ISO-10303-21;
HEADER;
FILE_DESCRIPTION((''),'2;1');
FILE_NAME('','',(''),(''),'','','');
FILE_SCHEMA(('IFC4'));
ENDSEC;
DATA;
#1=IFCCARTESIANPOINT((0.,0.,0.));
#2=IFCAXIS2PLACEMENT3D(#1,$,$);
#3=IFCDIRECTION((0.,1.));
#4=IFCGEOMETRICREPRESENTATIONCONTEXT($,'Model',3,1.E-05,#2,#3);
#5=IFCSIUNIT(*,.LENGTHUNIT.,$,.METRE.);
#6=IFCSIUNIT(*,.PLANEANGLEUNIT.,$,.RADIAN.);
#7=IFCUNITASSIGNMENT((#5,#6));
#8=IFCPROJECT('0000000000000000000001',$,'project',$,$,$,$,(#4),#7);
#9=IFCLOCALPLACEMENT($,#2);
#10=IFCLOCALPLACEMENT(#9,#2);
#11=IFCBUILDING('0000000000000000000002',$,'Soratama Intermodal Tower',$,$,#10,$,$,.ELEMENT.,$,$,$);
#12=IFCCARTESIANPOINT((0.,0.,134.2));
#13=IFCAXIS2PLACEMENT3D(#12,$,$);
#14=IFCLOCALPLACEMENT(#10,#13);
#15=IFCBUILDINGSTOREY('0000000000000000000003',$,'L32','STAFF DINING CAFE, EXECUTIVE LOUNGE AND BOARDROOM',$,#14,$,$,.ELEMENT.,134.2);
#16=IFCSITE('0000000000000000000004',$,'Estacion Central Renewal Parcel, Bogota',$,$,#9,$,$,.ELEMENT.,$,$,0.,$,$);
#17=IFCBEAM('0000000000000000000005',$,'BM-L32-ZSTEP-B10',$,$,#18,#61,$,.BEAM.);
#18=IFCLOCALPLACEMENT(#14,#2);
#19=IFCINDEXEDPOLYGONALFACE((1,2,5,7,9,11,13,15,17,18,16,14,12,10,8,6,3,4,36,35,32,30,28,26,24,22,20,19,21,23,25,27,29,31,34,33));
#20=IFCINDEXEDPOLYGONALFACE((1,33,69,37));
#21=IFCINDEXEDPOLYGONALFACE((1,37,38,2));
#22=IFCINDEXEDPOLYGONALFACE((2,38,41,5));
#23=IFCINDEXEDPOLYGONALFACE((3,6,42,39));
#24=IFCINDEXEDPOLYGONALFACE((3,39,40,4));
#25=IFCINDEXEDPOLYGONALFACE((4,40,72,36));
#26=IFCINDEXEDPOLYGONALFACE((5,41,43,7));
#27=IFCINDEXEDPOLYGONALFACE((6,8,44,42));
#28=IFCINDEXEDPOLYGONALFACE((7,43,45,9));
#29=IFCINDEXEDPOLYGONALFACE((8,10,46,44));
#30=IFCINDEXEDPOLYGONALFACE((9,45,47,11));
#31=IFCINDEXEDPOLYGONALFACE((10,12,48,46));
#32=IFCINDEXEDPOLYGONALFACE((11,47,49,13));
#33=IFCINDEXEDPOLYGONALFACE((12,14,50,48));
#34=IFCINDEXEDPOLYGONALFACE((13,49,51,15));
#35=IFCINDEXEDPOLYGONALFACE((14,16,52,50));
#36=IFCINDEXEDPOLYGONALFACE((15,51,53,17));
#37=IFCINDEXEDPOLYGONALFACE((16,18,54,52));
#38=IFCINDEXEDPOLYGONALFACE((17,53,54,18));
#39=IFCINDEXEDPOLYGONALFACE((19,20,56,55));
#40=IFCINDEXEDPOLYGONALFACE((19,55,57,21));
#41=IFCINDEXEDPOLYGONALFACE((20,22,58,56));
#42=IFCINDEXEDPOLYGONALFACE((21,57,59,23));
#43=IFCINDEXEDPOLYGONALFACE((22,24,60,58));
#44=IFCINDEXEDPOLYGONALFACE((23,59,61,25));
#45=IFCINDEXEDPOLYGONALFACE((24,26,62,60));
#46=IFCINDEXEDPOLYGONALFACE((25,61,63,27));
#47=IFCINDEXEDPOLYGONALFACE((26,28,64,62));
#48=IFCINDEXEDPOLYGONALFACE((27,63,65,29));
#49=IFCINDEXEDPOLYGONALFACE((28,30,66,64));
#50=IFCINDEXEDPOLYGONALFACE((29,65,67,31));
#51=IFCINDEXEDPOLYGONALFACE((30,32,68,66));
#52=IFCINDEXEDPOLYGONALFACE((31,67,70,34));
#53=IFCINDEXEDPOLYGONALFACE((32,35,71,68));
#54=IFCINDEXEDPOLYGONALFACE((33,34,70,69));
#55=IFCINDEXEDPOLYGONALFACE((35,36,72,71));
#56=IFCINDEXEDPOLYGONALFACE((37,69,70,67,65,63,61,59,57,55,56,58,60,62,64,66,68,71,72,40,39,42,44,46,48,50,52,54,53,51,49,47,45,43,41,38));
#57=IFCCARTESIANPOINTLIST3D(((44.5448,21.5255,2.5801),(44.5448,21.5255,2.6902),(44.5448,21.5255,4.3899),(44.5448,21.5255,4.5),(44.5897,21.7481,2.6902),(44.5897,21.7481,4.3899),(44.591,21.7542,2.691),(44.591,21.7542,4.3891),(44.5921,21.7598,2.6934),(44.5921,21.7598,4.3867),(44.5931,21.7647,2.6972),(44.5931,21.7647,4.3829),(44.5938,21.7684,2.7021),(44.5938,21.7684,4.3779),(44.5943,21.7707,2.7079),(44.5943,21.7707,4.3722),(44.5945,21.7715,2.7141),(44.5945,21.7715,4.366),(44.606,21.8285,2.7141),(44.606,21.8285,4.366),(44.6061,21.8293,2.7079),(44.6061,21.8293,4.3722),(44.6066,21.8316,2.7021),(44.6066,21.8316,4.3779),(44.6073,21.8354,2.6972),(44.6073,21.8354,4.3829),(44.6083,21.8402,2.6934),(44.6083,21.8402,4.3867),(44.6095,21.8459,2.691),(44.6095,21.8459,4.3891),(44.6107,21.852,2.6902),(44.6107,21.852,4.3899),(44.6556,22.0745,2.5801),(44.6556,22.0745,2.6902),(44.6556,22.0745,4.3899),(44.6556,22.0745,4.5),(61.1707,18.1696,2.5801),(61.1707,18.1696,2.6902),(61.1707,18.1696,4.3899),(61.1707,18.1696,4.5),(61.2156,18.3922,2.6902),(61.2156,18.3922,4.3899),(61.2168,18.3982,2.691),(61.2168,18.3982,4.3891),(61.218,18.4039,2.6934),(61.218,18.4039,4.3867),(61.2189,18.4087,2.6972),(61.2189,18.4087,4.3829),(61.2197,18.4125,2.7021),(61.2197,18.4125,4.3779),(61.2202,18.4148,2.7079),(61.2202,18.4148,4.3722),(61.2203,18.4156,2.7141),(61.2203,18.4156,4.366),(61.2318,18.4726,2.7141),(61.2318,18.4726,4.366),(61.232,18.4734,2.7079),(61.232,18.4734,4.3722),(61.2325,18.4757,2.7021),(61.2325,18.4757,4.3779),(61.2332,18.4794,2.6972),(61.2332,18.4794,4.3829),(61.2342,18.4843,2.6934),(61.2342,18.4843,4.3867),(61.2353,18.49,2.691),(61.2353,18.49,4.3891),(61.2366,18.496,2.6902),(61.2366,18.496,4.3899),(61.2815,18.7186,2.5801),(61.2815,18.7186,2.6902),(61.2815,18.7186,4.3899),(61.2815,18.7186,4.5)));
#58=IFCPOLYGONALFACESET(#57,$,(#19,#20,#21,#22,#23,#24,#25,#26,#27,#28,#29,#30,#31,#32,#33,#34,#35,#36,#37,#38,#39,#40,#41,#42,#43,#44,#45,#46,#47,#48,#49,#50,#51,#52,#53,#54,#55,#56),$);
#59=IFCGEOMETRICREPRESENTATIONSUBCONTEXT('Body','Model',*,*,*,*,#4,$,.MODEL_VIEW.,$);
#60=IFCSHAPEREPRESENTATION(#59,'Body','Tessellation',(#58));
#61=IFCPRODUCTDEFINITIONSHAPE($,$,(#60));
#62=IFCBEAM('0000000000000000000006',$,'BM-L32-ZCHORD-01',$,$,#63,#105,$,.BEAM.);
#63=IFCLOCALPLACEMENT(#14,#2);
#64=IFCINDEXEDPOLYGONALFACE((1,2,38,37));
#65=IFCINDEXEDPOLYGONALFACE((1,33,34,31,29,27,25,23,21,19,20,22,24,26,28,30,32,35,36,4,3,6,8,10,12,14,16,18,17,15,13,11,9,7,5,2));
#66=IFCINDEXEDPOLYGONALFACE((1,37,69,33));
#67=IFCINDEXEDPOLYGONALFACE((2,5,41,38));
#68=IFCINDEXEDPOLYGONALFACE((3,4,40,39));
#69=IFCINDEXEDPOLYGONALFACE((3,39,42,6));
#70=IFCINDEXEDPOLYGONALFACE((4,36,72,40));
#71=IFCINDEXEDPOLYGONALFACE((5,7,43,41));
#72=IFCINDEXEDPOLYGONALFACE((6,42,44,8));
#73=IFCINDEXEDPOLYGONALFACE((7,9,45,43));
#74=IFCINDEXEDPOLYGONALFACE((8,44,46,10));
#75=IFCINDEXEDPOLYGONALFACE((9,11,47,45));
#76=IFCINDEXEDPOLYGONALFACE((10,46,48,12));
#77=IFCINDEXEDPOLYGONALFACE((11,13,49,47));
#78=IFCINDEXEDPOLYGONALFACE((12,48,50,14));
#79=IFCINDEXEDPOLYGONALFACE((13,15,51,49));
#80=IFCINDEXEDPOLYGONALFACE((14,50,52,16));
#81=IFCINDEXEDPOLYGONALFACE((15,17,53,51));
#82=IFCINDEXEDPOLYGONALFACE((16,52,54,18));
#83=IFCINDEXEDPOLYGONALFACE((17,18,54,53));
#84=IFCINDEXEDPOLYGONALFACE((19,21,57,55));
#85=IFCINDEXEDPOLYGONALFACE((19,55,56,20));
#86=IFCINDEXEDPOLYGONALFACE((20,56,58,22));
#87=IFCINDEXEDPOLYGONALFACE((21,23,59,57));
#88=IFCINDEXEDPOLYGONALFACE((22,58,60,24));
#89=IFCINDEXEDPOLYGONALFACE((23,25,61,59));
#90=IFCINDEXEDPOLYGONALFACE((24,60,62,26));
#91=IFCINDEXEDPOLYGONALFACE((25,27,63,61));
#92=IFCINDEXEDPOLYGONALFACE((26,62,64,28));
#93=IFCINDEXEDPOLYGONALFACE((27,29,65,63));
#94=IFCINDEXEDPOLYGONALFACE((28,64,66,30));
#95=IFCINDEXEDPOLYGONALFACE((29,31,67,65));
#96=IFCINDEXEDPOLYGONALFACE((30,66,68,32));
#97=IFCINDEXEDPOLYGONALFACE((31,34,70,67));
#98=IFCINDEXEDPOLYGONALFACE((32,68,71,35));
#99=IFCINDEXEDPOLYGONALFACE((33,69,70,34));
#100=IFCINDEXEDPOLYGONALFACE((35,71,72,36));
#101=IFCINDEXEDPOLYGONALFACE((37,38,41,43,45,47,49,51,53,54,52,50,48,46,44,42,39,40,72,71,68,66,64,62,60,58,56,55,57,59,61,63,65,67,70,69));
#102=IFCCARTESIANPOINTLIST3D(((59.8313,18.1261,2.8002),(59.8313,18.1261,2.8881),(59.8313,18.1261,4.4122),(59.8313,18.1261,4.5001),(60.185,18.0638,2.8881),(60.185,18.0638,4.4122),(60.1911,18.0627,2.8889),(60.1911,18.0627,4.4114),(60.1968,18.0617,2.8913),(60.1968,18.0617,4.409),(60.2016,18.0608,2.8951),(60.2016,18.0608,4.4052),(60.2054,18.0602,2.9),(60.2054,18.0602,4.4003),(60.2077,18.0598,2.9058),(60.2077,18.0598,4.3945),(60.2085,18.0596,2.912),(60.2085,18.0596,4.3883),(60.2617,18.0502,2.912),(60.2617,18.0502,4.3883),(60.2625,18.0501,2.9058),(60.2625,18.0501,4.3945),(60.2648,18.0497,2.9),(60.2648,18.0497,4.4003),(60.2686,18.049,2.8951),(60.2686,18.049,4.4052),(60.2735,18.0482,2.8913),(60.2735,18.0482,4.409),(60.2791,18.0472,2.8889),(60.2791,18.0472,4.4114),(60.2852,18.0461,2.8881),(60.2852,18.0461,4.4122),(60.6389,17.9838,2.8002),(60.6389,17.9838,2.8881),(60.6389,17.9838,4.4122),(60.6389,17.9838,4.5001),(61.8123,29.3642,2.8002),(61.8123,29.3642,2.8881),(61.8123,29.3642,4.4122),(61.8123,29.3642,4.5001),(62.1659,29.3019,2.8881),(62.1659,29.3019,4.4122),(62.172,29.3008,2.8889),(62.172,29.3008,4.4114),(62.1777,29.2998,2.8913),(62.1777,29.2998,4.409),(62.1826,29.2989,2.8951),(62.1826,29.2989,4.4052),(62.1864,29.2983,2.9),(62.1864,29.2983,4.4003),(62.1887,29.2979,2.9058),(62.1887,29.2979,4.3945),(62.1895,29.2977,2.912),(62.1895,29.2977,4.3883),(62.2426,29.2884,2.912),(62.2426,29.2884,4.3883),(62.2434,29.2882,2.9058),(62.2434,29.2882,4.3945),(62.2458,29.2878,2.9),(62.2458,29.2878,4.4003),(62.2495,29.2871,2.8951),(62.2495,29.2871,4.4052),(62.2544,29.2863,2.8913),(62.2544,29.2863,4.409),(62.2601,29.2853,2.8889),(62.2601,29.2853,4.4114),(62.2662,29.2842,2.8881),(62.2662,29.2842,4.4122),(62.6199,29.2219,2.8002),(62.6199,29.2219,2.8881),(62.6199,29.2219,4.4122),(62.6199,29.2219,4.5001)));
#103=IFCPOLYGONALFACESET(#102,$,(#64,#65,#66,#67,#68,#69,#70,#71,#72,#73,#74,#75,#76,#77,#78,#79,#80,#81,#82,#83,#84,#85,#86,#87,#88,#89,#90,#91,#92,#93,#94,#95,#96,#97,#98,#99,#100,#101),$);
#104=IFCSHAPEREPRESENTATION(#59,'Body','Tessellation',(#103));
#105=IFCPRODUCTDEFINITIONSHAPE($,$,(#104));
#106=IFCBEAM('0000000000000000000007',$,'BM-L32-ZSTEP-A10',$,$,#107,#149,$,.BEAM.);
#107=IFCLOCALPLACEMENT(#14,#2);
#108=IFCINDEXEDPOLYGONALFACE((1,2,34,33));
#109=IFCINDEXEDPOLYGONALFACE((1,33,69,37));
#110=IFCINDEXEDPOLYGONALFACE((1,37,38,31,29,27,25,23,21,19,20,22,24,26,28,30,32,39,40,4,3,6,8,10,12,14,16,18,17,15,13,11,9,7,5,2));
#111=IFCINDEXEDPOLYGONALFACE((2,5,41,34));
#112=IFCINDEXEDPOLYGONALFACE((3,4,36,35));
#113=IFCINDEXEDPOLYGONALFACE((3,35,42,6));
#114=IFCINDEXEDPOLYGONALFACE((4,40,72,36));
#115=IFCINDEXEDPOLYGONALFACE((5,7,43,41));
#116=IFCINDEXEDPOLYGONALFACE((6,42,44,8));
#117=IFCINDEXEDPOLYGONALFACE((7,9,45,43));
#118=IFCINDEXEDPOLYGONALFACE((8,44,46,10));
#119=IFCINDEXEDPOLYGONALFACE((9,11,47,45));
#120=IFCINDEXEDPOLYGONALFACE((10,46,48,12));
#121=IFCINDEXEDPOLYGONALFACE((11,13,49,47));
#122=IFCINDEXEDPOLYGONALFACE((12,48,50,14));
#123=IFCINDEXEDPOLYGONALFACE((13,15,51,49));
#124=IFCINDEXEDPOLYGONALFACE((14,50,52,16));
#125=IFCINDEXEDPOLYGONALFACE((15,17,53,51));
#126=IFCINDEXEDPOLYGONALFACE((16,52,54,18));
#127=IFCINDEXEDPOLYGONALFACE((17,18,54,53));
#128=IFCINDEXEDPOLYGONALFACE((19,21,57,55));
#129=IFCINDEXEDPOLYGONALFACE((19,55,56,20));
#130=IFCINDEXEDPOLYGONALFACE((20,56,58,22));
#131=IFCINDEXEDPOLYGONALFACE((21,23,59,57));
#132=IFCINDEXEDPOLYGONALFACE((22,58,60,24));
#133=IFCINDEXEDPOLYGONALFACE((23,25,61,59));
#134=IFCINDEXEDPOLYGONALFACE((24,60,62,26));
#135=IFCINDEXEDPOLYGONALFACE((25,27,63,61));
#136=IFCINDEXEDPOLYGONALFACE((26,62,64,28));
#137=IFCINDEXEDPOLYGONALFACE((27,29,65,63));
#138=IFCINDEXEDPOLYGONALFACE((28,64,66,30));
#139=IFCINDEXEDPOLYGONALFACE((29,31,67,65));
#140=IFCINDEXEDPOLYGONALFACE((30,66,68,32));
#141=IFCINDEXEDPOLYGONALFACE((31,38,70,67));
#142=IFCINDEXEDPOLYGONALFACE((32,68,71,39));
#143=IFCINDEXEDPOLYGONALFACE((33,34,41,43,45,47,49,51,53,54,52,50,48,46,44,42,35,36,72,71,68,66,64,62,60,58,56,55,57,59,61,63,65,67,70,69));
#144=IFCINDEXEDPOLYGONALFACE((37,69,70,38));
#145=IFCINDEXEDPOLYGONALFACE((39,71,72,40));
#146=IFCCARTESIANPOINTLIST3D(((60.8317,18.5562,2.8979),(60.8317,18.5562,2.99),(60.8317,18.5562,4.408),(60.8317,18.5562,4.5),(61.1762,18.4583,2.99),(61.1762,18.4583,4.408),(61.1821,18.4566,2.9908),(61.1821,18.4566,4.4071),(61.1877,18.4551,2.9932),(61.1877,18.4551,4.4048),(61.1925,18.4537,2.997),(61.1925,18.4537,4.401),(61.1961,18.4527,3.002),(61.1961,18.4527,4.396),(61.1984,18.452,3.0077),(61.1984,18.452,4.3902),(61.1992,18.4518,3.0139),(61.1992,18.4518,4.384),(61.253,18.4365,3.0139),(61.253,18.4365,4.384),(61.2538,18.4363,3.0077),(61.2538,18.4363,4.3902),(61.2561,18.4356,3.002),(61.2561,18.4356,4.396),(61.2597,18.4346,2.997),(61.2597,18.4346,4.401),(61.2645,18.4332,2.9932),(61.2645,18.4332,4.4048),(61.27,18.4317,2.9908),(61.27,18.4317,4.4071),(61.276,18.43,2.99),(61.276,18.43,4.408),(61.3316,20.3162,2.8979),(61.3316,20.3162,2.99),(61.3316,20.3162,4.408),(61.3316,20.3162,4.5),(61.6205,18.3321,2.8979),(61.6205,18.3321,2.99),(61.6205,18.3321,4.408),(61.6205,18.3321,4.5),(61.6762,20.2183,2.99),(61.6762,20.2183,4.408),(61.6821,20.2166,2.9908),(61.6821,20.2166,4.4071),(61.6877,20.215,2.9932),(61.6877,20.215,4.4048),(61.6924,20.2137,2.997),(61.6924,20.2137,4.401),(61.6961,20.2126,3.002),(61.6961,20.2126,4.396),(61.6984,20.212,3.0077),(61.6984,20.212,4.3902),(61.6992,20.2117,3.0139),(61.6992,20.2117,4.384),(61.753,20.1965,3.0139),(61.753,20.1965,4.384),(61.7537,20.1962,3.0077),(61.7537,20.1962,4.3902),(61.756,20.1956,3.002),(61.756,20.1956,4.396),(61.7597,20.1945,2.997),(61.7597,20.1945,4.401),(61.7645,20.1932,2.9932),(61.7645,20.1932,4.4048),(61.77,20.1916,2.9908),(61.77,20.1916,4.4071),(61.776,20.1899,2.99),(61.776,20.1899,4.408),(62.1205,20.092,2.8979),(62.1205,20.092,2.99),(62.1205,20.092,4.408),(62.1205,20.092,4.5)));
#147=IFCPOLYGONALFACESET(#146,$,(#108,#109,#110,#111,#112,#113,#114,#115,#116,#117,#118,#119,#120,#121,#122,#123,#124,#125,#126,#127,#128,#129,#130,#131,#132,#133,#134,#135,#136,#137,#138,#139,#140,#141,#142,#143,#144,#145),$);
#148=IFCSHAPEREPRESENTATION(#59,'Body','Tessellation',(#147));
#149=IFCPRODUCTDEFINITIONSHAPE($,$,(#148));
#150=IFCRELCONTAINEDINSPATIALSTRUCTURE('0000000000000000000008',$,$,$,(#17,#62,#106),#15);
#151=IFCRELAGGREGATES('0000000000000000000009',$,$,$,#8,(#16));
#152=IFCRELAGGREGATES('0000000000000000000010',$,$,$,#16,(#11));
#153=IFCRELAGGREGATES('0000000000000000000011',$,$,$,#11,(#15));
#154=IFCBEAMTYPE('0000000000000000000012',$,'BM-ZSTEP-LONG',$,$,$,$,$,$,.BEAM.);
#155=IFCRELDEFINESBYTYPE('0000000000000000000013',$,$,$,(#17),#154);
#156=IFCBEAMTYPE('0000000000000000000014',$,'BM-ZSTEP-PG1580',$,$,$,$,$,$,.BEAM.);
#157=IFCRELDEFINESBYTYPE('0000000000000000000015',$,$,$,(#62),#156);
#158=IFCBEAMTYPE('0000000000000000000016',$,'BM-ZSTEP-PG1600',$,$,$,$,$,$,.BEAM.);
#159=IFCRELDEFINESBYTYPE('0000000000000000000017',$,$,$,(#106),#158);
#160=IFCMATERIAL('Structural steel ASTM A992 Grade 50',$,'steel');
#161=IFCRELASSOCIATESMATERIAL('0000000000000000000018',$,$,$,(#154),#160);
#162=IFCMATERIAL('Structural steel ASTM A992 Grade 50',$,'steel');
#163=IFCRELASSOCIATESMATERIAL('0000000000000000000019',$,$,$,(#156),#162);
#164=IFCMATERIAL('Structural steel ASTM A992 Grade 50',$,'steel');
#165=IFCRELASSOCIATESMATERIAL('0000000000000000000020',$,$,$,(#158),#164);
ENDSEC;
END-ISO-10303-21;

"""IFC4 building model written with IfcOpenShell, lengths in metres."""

from ifc_helpers import new_model, si_unit, direction, frame, origin, origin_2d, place, context, subcontext, project, spatial, i_section, extrude, material, material_profile, profile_set, type_object, element, save


model = new_model("IFC4")

# Units and contexts
model_context = context("Model", 3, precision=1e-05, world=origin(), true_north=direction((0.0, 1.0)))
body_context = subcontext(model_context, "Body", "Model", "MODEL_VIEW")
ifc_project = project(units=[si_unit("LENGTHUNIT", "METRE"), si_unit("PLANEANGLEUNIT", "RADIAN")], contexts=[model_context])

# Site, building, storey
site_placement = place(None, origin())
site = spatial("IfcSite", under=ifc_project, at=site_placement, Name="Estacion Central Renewal Parcel, Bogota", CompositionType="ELEMENT", RefElevation=0.0)
building_placement = place(site_placement, origin())
building = spatial("IfcBuilding", under=site, at=building_placement, Name="Soratama Intermodal Tower", CompositionType="ELEMENT")
storey_placement = place(building_placement, frame((0.0, 0.0, 134.2)))
storey = spatial("IfcBuildingStorey", under=building, at=storey_placement, Name="L32", Description="STAFF DINING CAFE, EXECUTIVE LOUNGE AND BOARDROOM", CompositionType="ELEMENT", Elevation=134.2)

# Beams
ifc_material_1 = material(Name="Structural steel ASTM A992 Grade 50", Category="steel")
ifc_material_profile_1 = material_profile(ifc_material_1, i_section(OverallWidth=0.5601, OverallDepth=1.9199, WebThickness=0.0581, FlangeThickness=0.1101, FilletRadius=0.0239, at=origin_2d()), Name="PG2150X720")
ifc_profile_set_1 = profile_set([ifc_material_profile_1], Name="Structural steel ASTM A992 Grade 50")
beam_type_1 = type_object("IfcBeamType", Name="BM-ZSTEP-LONG", PredefinedType="BEAM", material=ifc_profile_set_1)
beam_1_placement = place(storey_placement, frame((61.2261, 18.4441, 3.54), z_axis=(-0.98023, 0.19786, 0.0), x_axis=(-0.19786, -0.98023, 0.0)))
element("IfcBeam", 1, at=beam_1_placement, inside=storey, type_object=beam_type_1, Name="BM-L32-ZSTEP-B10", PredefinedType="BEAM", context=body_context, shape_type="SweptSolid", body=[
    extrude(i_section(OverallWidth=0.5601, OverallDepth=1.9199, WebThickness=0.0581, FlangeThickness=0.1101, FilletRadius=0.0239, at=origin_2d()), origin(), (0.0, 0.0, 1.0), 16.9612),
])
ifc_material_2 = material(Name="Structural steel ASTM A992 Grade 50", Category="steel")
ifc_material_profile_2 = material_profile(ifc_material_2, i_section(OverallWidth=0.8201, OverallDepth=1.7, WebThickness=0.054, FlangeThickness=0.0879, FilletRadius=0.0239, at=origin_2d()), Name="PG1580X800")
ifc_profile_set_2 = profile_set([ifc_material_profile_2], Name="Structural steel ASTM A992 Grade 50")
beam_type_2 = type_object("IfcBeamType", Name="BM-ZSTEP-PG1580", PredefinedType="BEAM", material=ifc_profile_set_2)
beam_2_placement = place(storey_placement, frame((60.2351, 18.0549, 3.6501), z_axis=(0.173596, 0.984817, 0.0), x_axis=(-0.984817, 0.173596, 0.0)))
element("IfcBeam", 2, at=beam_2_placement, inside=storey, type_object=beam_type_2, Name="BM-L32-ZCHORD-01", PredefinedType="BEAM", context=body_context, shape_type="SweptSolid", body=[
    extrude(i_section(OverallWidth=0.8201, OverallDepth=1.7, WebThickness=0.054, FlangeThickness=0.0879, FilletRadius=0.0239, at=origin_2d()), origin(), (0.0, 0.0, 1.0), 11.4114),
])
ifc_material_3 = material(Name="Structural steel ASTM A992 Grade 50", Category="steel")
ifc_material_profile_3 = material_profile(ifc_material_3, i_section(OverallWidth=0.8201, OverallDepth=1.6021, WebThickness=0.0559, FlangeThickness=0.092, FilletRadius=0.0239, at=origin_2d()), Name="PG1600X650")
ifc_profile_set_3 = profile_set([ifc_material_profile_3], Name="Structural steel ASTM A992 Grade 50")
beam_type_3 = type_object("IfcBeamType", Name="BM-ZSTEP-PG1600", PredefinedType="BEAM", material=ifc_profile_set_3)
beam_3_placement = place(storey_placement, frame((61.7261, 20.2041, 3.699), z_axis=(-0.273276, -0.961936, 0.0), x_axis=(0.961936, -0.273276, 0.0)))
element("IfcBeam", 3, at=beam_3_placement, inside=storey, type_object=beam_type_3, Name="BM-L32-ZSTEP-A10", PredefinedType="BEAM", context=body_context, shape_type="SweptSolid", body=[
    extrude(i_section(OverallWidth=0.8201, OverallDepth=1.6021, WebThickness=0.0559, FlangeThickness=0.092, FilletRadius=0.0239, at=origin_2d()), origin(), (0.0, 0.0, 1.0), 1.8296),
])

save(model, "model.ifc")
